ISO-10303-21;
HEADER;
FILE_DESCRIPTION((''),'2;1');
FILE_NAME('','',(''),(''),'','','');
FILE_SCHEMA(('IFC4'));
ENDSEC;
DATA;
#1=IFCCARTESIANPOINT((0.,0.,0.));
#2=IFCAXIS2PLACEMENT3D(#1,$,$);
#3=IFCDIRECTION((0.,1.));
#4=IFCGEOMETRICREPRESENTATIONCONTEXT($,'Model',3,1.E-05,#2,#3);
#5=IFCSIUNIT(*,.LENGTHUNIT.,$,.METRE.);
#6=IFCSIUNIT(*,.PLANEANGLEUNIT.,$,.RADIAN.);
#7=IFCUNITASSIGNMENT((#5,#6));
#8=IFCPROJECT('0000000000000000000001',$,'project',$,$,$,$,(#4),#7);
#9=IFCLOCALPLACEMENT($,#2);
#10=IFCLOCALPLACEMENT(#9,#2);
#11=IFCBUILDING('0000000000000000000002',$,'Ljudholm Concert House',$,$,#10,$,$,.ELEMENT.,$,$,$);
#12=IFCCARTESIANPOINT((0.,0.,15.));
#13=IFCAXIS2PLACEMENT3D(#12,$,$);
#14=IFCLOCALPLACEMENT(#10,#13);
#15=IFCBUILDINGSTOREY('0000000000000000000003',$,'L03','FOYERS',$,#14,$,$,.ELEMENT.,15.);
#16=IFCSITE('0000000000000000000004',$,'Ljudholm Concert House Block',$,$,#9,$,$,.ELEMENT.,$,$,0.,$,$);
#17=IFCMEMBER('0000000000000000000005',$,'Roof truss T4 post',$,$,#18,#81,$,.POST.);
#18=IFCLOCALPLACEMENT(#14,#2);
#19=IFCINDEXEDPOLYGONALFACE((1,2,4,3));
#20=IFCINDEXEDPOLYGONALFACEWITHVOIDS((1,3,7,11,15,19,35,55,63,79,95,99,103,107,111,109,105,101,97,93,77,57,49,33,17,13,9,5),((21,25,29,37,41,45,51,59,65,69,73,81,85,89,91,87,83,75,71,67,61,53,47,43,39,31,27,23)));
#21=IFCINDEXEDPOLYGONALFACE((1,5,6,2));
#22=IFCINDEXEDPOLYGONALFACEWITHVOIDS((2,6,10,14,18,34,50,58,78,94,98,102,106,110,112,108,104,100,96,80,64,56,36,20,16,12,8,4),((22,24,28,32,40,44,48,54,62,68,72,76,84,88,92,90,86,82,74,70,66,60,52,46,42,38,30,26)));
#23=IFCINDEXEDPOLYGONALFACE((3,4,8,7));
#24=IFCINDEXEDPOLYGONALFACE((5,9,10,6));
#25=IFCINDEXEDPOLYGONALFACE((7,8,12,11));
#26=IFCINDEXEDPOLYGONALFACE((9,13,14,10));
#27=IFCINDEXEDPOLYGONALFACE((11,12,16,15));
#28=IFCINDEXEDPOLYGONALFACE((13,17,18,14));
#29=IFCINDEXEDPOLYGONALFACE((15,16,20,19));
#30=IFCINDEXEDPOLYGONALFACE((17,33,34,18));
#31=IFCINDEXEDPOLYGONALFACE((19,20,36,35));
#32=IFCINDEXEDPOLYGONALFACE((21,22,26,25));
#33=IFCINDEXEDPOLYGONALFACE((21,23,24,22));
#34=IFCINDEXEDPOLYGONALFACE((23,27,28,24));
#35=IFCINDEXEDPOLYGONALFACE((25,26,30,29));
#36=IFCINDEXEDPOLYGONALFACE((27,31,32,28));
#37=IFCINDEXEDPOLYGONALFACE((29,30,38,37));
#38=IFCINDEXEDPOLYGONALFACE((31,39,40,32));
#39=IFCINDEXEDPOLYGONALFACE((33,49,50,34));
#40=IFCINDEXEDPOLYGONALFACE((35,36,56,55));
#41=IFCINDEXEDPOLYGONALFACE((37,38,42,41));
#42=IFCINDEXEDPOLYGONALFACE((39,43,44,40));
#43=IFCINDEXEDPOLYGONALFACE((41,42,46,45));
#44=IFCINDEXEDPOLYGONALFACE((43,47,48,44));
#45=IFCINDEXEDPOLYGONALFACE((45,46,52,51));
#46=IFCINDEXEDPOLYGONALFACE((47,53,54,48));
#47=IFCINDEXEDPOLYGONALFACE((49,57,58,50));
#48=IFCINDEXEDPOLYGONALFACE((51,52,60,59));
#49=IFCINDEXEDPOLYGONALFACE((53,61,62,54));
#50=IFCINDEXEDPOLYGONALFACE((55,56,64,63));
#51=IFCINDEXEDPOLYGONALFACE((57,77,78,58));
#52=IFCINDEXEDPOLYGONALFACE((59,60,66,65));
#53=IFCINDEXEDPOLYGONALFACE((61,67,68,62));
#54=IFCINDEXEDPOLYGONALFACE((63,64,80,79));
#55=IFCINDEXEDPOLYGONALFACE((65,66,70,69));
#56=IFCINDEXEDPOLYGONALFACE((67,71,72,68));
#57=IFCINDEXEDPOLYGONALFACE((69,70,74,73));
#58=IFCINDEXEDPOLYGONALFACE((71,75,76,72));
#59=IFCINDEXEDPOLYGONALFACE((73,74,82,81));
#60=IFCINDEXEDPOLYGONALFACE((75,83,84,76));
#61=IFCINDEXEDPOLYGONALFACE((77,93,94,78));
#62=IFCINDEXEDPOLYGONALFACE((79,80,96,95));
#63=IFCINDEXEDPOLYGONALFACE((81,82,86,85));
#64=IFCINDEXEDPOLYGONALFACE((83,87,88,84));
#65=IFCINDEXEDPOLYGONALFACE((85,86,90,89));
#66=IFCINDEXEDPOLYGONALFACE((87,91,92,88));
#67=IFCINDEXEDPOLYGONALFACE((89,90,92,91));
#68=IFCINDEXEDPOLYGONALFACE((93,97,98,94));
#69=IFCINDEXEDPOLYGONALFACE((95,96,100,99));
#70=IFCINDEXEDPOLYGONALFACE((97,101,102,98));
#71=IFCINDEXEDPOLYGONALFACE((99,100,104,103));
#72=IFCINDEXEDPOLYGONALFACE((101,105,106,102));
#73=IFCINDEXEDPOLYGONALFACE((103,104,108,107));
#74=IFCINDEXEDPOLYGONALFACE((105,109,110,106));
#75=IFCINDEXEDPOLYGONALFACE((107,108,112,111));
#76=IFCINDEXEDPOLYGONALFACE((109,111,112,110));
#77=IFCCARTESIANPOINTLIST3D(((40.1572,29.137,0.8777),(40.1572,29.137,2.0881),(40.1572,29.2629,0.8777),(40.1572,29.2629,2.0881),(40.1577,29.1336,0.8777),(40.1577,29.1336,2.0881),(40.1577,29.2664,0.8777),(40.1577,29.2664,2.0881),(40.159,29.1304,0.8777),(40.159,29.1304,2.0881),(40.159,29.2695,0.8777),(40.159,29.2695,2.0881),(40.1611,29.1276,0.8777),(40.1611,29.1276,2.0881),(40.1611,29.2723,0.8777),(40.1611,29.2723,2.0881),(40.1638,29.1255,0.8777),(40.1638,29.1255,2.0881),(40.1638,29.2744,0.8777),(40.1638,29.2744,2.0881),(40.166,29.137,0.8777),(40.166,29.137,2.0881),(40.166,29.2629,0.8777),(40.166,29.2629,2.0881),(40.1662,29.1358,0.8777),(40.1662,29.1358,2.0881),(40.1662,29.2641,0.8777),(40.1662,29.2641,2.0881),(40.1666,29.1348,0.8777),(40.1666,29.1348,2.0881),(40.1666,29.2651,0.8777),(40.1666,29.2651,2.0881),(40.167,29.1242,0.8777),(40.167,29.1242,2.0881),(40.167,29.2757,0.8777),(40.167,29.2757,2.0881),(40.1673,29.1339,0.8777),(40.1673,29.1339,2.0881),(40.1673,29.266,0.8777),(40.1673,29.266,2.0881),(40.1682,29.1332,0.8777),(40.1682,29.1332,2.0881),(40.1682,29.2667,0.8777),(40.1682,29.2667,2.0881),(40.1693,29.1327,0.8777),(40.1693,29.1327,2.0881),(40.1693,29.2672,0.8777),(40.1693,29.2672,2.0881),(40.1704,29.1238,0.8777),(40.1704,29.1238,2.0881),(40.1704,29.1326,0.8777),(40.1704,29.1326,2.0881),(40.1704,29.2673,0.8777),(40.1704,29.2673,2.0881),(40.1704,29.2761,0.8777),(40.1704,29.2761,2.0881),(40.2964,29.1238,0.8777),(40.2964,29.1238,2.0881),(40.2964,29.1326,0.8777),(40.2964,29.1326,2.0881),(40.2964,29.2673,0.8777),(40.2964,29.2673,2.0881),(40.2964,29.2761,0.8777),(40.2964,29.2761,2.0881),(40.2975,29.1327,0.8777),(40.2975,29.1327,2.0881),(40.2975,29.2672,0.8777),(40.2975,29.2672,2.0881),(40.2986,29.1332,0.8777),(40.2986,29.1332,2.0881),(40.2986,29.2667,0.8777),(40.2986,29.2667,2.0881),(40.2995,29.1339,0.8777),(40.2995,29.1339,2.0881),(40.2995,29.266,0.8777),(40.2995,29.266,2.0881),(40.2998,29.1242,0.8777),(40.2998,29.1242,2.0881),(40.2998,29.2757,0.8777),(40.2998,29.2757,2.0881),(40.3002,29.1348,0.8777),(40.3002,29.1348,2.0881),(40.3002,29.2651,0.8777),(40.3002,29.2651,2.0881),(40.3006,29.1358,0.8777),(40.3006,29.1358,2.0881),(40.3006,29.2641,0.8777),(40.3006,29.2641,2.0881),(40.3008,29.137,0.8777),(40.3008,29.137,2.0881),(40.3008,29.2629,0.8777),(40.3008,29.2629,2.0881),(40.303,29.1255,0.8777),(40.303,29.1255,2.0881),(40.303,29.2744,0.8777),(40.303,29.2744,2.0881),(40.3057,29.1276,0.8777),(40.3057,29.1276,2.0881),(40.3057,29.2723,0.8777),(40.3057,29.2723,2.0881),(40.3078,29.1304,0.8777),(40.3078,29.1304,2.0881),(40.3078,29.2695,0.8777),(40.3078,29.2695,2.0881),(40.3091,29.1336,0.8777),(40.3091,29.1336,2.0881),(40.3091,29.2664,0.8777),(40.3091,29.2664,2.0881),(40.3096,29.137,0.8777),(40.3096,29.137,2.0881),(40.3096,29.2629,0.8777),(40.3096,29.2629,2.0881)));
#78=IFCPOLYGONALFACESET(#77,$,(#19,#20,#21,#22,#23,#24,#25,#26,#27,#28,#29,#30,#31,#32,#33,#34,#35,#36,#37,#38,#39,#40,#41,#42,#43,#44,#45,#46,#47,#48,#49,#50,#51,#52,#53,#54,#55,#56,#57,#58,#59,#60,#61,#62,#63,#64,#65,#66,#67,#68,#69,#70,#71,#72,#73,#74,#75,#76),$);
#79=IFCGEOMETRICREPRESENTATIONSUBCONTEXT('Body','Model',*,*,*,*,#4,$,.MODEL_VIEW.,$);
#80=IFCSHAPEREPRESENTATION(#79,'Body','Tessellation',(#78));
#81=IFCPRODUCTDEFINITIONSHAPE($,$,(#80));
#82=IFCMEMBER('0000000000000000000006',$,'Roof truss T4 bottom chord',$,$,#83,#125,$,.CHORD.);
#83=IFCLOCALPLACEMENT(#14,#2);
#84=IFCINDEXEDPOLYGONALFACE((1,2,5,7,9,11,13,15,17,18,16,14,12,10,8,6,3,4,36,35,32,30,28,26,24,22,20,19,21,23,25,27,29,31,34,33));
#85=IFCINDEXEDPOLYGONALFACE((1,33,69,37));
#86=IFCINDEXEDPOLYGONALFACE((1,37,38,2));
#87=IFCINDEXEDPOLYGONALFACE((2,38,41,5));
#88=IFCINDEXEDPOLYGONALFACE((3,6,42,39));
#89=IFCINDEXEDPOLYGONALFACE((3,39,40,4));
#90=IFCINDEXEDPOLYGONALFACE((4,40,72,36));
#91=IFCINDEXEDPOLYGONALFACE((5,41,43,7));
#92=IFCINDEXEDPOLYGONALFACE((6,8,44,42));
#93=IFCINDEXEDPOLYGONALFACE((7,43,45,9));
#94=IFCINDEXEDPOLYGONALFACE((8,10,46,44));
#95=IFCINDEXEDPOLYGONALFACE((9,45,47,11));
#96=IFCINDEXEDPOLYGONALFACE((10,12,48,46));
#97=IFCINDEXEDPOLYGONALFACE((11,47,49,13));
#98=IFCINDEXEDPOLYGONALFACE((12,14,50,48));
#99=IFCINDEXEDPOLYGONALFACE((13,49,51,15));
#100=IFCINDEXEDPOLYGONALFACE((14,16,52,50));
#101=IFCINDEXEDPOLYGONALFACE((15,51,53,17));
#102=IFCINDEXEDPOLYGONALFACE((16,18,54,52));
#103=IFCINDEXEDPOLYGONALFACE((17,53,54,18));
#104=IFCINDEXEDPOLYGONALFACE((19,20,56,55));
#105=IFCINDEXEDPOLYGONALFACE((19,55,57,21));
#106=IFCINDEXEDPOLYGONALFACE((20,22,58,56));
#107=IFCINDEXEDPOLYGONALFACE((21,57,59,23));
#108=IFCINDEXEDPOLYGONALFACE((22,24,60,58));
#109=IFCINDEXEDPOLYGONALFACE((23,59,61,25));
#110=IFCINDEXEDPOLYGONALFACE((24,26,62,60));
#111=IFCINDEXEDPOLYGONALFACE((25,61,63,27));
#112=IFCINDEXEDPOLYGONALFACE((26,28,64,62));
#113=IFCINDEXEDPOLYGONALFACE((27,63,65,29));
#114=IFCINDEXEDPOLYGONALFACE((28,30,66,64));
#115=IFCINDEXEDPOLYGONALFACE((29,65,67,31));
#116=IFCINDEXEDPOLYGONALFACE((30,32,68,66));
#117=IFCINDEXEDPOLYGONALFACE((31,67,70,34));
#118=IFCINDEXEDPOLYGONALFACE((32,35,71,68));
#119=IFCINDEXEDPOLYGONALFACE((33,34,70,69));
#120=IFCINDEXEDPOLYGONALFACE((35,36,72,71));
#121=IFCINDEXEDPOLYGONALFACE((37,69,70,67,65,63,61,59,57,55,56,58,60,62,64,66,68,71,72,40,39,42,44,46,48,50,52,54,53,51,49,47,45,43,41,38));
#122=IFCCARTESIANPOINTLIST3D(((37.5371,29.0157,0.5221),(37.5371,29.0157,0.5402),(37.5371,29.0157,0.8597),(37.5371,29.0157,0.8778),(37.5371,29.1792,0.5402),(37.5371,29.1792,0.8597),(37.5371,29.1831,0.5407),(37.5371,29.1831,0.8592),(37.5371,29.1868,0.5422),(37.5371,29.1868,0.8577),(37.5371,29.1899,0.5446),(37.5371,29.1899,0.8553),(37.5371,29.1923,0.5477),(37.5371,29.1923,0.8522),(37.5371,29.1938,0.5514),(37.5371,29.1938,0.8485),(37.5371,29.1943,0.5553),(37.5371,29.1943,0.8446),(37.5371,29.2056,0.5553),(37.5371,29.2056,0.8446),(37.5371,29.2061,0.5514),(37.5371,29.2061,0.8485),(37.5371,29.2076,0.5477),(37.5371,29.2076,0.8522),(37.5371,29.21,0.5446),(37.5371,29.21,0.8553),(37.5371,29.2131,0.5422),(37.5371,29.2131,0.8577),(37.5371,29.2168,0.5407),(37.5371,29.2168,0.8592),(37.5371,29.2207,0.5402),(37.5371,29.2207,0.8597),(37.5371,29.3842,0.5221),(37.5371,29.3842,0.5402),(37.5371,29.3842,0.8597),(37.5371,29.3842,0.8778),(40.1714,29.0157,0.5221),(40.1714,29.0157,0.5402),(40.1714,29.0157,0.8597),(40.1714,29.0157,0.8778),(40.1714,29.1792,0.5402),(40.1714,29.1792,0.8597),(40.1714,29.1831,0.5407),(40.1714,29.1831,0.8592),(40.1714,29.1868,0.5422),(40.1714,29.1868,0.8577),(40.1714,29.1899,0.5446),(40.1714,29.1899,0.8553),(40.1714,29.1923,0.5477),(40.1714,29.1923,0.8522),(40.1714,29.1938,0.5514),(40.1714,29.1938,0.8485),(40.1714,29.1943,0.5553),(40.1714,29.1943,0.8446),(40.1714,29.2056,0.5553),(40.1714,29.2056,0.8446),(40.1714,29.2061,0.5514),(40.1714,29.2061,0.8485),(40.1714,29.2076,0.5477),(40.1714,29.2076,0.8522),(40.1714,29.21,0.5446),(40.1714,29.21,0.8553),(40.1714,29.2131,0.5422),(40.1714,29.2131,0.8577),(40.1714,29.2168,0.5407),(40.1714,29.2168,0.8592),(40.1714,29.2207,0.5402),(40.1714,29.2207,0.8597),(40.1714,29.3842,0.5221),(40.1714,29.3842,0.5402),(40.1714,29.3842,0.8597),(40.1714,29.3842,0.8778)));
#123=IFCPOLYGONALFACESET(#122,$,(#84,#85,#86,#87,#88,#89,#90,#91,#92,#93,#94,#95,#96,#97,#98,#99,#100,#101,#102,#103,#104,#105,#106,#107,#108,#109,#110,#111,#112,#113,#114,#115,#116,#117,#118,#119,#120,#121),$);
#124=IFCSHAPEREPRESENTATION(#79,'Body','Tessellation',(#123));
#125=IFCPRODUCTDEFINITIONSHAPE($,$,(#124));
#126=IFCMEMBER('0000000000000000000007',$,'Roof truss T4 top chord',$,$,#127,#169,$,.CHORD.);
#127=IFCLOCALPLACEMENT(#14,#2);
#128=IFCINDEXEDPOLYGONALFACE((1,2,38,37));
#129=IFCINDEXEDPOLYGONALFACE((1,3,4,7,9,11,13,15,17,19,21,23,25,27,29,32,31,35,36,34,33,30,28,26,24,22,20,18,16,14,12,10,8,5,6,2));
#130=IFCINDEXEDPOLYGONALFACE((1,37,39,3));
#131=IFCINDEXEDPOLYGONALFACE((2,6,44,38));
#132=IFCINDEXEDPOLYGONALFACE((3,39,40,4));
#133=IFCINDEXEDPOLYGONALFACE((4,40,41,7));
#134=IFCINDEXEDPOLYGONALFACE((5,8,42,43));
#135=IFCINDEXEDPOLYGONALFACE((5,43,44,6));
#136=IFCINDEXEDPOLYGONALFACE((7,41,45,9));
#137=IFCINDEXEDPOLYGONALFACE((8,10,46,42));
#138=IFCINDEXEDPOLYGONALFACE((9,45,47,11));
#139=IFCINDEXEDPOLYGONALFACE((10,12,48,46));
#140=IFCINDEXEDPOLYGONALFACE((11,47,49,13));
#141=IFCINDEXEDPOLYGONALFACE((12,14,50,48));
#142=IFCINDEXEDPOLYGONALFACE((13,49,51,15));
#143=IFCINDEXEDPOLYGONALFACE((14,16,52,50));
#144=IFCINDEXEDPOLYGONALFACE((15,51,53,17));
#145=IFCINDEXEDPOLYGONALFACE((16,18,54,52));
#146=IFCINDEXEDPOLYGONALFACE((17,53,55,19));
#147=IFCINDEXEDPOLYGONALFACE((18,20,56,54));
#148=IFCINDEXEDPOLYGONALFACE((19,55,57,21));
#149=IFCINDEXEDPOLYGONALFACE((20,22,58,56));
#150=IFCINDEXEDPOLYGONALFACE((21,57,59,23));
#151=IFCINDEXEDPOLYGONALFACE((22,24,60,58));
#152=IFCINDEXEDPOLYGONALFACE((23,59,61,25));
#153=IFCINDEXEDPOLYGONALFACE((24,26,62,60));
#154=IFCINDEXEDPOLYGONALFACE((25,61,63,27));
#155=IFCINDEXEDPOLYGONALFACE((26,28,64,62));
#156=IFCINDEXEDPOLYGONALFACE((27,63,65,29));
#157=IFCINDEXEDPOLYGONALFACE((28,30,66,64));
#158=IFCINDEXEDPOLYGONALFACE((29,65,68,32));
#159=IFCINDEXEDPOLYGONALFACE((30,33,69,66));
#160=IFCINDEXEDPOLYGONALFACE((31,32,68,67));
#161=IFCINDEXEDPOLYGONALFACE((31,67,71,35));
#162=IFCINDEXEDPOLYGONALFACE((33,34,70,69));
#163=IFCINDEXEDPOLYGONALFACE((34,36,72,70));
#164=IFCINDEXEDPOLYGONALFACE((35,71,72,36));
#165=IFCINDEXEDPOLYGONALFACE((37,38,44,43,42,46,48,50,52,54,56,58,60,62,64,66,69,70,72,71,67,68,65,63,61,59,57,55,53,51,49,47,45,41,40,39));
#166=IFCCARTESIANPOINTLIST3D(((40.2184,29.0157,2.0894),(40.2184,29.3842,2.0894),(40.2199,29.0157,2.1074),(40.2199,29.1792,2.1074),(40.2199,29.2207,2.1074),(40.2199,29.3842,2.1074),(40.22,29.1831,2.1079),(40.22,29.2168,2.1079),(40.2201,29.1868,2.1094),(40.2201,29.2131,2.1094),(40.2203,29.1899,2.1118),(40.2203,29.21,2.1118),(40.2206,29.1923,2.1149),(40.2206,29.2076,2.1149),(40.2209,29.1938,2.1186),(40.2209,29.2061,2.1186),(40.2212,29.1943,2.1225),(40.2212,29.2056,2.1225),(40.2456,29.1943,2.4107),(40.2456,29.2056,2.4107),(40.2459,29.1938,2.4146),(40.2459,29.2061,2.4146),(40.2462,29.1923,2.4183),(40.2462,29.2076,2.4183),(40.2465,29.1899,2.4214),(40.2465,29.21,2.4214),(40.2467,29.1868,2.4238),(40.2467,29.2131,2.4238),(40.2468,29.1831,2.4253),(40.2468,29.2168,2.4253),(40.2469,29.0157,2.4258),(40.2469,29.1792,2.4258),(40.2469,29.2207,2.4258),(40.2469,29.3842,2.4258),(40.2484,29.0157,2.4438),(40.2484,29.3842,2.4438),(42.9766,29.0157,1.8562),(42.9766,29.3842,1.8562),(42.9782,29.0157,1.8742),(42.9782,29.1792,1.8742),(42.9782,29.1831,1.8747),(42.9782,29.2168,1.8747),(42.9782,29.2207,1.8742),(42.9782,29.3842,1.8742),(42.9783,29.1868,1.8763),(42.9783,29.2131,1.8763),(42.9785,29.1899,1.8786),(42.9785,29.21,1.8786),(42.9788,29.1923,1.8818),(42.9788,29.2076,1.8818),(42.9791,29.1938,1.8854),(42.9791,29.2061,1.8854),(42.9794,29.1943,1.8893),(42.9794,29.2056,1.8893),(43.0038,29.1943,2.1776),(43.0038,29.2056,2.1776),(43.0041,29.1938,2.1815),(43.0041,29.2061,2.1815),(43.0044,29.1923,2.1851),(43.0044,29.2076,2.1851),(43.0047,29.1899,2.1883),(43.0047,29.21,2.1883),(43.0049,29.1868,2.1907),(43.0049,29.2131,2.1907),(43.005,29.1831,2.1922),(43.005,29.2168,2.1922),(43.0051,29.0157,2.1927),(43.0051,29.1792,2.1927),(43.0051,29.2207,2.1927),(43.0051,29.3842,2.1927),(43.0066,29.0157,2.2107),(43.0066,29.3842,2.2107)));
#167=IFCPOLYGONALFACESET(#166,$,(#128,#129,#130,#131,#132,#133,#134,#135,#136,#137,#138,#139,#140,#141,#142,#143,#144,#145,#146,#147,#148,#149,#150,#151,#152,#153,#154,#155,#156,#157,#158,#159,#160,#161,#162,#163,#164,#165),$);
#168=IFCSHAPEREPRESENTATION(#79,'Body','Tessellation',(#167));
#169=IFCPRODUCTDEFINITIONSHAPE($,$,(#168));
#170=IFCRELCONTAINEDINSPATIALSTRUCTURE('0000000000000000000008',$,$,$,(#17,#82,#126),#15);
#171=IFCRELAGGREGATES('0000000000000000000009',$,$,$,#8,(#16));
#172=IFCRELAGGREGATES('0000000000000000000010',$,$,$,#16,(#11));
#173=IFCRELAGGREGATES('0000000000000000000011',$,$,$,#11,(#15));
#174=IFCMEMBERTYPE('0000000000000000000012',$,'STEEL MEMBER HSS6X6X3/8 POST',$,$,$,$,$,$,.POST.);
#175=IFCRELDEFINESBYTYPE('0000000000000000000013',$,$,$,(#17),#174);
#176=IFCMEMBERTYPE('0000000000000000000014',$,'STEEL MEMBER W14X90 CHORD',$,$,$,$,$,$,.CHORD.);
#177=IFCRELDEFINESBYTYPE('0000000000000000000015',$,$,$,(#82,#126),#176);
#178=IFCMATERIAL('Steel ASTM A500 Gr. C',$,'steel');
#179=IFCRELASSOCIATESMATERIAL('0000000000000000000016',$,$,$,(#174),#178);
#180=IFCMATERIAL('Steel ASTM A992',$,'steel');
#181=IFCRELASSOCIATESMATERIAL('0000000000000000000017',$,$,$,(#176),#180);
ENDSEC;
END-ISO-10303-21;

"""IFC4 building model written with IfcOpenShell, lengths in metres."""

from ifc_helpers import new_model, si_unit, direction, frame, origin, origin_2d, place, context, subcontext, project, spatial, hollow_rectangle, i_section, extrude, material, material_profile, profile_set, type_object, element, save


model = new_model("IFC4")

# Units and contexts
model_context = context("Model", 3, precision=1e-05, world=origin(), true_north=direction((0.0, 1.0)))
body_context = subcontext(model_context, "Body", "Model", "MODEL_VIEW")
ifc_project = project(units=[si_unit("LENGTHUNIT", "METRE"), si_unit("PLANEANGLEUNIT", "RADIAN")], contexts=[model_context])

# Site, building, storey
site_placement = place(None, origin())
site = spatial("IfcSite", under=ifc_project, at=site_placement, Name="Ljudholm Concert House Block", CompositionType="ELEMENT", RefElevation=0.0)
building_placement = place(site_placement, origin())
building = spatial("IfcBuilding", under=site, at=building_placement, Name="Ljudholm Concert House", CompositionType="ELEMENT")
storey_placement = place(building_placement, frame((0.0, 0.0, 15.0)))
storey = spatial("IfcBuildingStorey", under=building, at=storey_placement, Name="L03", Description="FOYERS", CompositionType="ELEMENT", Elevation=15.0)

# Members
ifc_material_1 = material(Name="Steel ASTM A500 Gr. C", Category="steel")
ifc_material_profile_1 = material_profile(ifc_material_1, hollow_rectangle(XDim=0.1523, YDim=0.1523, WallThickness=0.0088, InnerFilletRadius=0.0044, OuterFilletRadius=0.0132, at=origin_2d()), Name="HSS6X6X3/8")
ifc_profile_set_1 = profile_set([ifc_material_profile_1], Name="Steel ASTM A500 Gr. C")
member_type_1 = type_object("IfcMemberType", Name="STEEL MEMBER HSS6X6X3/8 POST", PredefinedType="POST", material=ifc_profile_set_1)
member_1_placement = place(storey_placement, frame((40.2334, 29.2, 0.8777), z_axis=(0.0, 0.0, 1.0), x_axis=(1.0, 0.0, 0.0)))
element("IfcMember", 1, at=member_1_placement, inside=storey, type_object=member_type_1, Name="Roof truss T4 post", PredefinedType="POST", context=body_context, shape_type="SweptSolid", body=[
    extrude(hollow_rectangle(XDim=0.1523, YDim=0.1523, WallThickness=0.0088, InnerFilletRadius=0.0044, OuterFilletRadius=0.0132, at=origin_2d()), origin(), (0.0, 0.0, 1.0), 1.2104),
])
ifc_material_2 = material(Name="Steel ASTM A992", Category="steel")
ifc_material_profile_2 = material_profile(ifc_material_2, i_section(OverallWidth=0.3684, OverallDepth=0.3557, WebThickness=0.0112, FlangeThickness=0.0181, FilletRadius=0.0151, at=origin_2d()), Name="W14X90")
ifc_profile_set_2 = profile_set([ifc_material_profile_2], Name="Steel ASTM A992")
member_type_2 = type_object("IfcMemberType", Name="STEEL MEMBER W14X90 CHORD", PredefinedType="CHORD", material=ifc_profile_set_2)
member_2_placement = place(storey_placement, frame((37.5371, 29.2, 0.7), z_axis=(1.0, 0.0, 0.0), x_axis=(0.0, 1.0, 0.0)))
element("IfcMember", 2, at=member_2_placement, inside=storey, type_object=member_type_2, Name="Roof truss T4 bottom chord", PredefinedType="CHORD", context=body_context, shape_type="SweptSolid", body=[
    extrude(i_section(OverallWidth=0.3684, OverallDepth=0.3557, WebThickness=0.0112, FlangeThickness=0.0181, FilletRadius=0.0151, at=origin_2d()), origin(), (0.0, 0.0, 1.0), 2.6343),
])
member_3_placement = place(storey_placement, frame((40.2334, 29.2, 2.2666), z_axis=(0.996447, 0.0, -0.084228), x_axis=(0.0, 1.0, 0.0)))
element("IfcMember", 3, at=member_3_placement, inside=storey, type_object=member_type_2, Name="Roof truss T4 top chord", PredefinedType="CHORD", context=body_context, shape_type="SweptSolid", body=[
    extrude(i_section(OverallWidth=0.3684, OverallDepth=0.3557, WebThickness=0.0112, FlangeThickness=0.0181, FilletRadius=0.0151, at=origin_2d()), origin(), (0.0, 0.0, 1.0), 2.7681),
])

save(model, "model.ifc")
